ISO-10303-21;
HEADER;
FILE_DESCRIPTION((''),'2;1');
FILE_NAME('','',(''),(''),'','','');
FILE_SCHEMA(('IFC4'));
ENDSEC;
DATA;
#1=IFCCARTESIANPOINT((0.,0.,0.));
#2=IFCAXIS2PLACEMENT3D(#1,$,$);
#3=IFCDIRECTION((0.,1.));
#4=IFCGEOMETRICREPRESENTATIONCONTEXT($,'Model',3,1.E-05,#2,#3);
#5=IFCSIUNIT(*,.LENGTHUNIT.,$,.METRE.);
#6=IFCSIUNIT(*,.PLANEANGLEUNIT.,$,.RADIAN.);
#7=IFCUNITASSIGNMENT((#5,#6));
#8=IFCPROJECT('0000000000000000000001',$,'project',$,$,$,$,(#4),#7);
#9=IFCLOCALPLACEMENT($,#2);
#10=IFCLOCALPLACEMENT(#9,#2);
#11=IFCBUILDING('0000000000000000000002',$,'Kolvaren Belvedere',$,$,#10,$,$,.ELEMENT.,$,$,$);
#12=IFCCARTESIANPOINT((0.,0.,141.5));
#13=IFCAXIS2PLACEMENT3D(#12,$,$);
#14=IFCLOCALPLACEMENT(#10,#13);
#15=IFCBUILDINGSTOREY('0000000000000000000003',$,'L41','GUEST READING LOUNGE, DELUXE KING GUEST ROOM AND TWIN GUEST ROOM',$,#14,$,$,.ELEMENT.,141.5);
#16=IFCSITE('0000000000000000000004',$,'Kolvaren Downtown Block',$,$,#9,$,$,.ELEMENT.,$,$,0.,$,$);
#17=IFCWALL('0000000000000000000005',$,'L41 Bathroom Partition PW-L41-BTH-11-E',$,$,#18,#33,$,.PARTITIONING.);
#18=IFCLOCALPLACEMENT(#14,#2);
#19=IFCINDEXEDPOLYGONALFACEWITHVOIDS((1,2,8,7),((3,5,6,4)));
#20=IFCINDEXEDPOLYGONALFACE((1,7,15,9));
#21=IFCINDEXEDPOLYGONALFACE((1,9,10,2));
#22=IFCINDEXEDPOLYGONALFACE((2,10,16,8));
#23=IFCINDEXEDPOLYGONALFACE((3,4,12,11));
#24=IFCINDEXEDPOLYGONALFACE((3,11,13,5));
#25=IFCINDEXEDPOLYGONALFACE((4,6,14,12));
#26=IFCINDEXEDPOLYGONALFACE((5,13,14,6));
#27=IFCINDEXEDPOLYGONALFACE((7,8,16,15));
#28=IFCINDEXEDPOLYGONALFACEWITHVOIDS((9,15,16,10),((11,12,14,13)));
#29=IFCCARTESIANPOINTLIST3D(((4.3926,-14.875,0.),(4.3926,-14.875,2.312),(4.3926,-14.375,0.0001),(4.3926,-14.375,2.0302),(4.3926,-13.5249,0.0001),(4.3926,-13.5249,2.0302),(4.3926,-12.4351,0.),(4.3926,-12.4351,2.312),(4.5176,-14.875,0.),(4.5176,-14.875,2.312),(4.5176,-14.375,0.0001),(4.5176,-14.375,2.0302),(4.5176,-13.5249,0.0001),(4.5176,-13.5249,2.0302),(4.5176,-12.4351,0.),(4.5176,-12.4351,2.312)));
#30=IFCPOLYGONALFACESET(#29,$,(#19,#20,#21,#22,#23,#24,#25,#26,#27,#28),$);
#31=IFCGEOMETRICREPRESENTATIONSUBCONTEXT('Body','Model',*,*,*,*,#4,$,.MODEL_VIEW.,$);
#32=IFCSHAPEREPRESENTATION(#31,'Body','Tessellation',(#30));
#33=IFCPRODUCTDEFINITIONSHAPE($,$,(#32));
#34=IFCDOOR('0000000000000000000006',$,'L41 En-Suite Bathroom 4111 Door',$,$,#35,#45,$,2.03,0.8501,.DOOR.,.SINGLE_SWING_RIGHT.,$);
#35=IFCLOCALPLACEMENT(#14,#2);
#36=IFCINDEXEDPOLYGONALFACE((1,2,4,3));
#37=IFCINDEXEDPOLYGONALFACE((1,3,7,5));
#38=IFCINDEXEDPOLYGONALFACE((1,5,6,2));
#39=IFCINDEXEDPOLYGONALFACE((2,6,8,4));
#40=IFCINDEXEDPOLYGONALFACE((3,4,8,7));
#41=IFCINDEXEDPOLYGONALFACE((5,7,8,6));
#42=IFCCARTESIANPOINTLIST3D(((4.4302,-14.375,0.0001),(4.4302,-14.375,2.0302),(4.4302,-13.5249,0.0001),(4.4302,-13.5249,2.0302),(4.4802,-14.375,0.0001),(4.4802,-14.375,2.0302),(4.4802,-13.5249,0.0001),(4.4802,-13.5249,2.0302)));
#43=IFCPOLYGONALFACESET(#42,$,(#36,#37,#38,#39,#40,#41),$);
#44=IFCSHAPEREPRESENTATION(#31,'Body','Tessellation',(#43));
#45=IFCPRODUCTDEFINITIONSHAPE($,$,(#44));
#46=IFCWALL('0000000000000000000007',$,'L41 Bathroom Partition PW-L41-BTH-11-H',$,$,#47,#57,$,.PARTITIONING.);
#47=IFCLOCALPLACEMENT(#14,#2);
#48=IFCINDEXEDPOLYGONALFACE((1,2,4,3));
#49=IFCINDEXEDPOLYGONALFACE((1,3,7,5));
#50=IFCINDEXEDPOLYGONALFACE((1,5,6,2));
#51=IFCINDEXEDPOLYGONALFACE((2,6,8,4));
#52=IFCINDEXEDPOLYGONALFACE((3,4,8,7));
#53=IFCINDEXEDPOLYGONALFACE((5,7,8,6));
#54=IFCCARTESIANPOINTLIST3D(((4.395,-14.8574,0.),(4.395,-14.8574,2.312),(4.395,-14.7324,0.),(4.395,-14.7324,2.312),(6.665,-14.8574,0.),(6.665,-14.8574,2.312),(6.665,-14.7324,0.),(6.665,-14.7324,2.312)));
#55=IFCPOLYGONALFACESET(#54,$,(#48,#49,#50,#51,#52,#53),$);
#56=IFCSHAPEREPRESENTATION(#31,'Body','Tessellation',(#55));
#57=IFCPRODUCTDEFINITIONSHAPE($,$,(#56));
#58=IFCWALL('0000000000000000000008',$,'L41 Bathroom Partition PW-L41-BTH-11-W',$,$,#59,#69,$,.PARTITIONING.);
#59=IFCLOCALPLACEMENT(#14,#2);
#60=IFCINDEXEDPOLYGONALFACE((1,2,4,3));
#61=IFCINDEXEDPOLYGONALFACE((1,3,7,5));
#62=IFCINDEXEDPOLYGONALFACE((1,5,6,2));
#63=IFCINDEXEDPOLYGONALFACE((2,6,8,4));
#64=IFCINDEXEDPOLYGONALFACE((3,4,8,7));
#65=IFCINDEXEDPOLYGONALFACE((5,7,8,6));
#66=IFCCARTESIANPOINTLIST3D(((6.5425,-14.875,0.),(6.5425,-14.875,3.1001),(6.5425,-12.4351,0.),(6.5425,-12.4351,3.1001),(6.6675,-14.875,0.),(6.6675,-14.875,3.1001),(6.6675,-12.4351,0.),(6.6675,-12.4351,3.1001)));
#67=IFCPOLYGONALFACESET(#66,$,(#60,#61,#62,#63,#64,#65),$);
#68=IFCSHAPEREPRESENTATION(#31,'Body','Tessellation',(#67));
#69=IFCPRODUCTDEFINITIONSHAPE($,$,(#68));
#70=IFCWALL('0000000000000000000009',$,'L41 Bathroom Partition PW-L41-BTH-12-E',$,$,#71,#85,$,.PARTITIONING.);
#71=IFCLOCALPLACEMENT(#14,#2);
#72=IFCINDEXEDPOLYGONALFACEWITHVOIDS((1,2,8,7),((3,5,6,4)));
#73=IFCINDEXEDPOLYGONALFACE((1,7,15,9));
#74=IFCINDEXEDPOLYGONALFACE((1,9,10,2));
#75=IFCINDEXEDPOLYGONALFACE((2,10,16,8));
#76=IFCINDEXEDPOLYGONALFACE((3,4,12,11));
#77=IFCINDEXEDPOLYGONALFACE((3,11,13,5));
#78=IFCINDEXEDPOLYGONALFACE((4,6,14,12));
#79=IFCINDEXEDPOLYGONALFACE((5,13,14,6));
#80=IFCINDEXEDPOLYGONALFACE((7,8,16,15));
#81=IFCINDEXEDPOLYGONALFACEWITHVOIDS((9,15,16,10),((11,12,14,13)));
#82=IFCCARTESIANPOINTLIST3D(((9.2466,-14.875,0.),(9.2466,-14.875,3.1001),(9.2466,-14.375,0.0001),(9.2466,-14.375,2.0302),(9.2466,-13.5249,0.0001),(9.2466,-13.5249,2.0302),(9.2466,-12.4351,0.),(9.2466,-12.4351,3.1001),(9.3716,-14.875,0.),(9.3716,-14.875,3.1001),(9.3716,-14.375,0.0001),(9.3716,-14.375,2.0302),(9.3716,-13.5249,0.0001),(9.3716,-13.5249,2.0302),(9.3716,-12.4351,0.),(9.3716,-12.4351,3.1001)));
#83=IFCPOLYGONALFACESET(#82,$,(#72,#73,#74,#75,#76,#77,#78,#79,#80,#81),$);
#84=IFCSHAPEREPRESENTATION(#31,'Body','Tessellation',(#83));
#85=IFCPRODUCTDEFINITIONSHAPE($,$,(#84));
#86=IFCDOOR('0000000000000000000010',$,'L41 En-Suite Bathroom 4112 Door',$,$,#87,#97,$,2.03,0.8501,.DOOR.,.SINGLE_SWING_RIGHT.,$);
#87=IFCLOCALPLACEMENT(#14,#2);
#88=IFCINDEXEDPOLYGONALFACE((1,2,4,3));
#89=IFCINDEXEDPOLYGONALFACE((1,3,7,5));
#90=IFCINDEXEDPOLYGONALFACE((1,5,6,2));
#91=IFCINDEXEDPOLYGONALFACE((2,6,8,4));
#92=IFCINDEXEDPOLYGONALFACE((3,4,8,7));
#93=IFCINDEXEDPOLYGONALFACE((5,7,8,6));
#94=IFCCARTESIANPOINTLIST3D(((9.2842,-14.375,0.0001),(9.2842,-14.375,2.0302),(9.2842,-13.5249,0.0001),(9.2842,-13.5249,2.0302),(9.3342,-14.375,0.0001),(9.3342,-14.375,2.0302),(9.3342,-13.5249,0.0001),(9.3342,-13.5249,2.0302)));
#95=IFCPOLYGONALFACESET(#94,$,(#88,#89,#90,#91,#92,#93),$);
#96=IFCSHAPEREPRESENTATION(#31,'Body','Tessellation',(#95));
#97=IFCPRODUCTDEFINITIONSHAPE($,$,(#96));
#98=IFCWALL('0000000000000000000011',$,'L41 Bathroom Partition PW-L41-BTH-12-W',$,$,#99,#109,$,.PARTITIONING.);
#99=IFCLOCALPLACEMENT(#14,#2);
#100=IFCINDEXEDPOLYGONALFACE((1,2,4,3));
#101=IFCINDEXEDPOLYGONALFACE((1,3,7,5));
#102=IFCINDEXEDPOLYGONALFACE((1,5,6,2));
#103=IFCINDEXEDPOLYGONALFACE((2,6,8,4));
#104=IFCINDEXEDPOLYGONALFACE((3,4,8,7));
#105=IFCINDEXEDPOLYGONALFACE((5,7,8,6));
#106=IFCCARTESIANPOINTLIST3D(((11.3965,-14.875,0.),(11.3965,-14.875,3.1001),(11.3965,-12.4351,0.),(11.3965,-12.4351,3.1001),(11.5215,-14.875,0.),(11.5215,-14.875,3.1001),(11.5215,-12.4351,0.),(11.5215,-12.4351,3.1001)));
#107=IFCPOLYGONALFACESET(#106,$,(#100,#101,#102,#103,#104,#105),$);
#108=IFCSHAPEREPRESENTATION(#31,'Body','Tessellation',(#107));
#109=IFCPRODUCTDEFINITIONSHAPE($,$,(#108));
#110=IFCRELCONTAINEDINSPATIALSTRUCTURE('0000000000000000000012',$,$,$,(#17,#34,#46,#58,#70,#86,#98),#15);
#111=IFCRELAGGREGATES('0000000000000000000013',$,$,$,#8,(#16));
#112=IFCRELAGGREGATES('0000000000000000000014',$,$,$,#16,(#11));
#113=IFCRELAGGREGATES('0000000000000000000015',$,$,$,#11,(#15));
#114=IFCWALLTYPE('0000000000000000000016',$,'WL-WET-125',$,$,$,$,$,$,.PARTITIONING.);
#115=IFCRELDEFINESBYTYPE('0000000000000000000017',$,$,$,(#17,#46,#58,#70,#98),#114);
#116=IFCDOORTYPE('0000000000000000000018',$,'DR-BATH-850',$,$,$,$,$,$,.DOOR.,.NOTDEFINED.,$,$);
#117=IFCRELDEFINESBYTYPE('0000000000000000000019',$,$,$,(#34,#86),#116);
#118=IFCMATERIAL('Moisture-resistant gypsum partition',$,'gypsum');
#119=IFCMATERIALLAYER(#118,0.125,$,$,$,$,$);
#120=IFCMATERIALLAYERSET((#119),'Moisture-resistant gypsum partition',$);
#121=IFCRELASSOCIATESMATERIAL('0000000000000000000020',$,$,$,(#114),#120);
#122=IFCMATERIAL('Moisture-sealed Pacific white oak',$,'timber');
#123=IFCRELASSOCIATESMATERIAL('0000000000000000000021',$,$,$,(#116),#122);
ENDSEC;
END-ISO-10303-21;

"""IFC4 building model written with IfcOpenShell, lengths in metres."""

from ifc_helpers import new_model, si_unit, direction, frame, frame_2d, origin, place, context, subcontext, project, spatial, rectangle, extrude, material, layer, layer_set, type_object, element, fill, save


model = new_model("IFC4")

# Units and contexts
model_context = context("Model", 3, precision=1e-05, world=origin(), true_north=direction((0.0, 1.0)))
body_context = subcontext(model_context, "Body", "Model", "MODEL_VIEW")
ifc_project = project(units=[si_unit("LENGTHUNIT", "METRE"), si_unit("PLANEANGLEUNIT", "RADIAN")], contexts=[model_context])

# Site, building, storey
site_placement = place(None, origin())
site = spatial("IfcSite", under=ifc_project, at=site_placement, Name="Kolvaren Downtown Block", CompositionType="ELEMENT", RefElevation=0.0)
building_placement = place(site_placement, origin())
building = spatial("IfcBuilding", under=site, at=building_placement, Name="Kolvaren Belvedere", CompositionType="ELEMENT")
storey_placement = place(building_placement, frame((0.0, 0.0, 141.5)))
storey = spatial("IfcBuildingStorey", under=building, at=storey_placement, Name="L41", Description="GUEST READING LOUNGE, DELUXE KING GUEST ROOM AND TWIN GUEST ROOM", CompositionType="ELEMENT", Elevation=141.5)

# Wall, opening, door
ifc_material_1 = material(Name="Moisture-resistant gypsum partition", Category="gypsum")
ifc_layer_1 = layer(ifc_material_1, 0.125)
ifc_layer_set_1 = layer_set([ifc_layer_1], Name="Moisture-resistant gypsum partition")
wall_type_1 = type_object("IfcWallType", Name="WL-WET-125", PredefinedType="PARTITIONING", material=ifc_layer_set_1)
wall_1_placement = place(storey_placement, frame((4.4551, -14.875, 0.0), z_axis=(0.0, 0.0, 1.0), x_axis=(0.0, 1.0, 0.0)))
wall_1 = element("IfcWall", 1, at=wall_1_placement, inside=storey, type_object=wall_type_1, Name="L41 Bathroom Partition PW-L41-BTH-11-E", PredefinedType="PARTITIONING", context=body_context, shape_type="SweptSolid", body=[
    extrude(rectangle(XDim=2.4399, YDim=0.125, at=frame_2d((1.22, 0.0))), origin(), (0.0, 0.0, 1.0), 2.312),
])
opening_1_placement = place(wall_1_placement, frame((0.5, 0.0, 0.0)))
opening_1 = element("IfcOpeningElement", 2, at=opening_1_placement, cuts=wall_1, PredefinedType="OPENING", context=body_context, shape_type="SweptSolid", body=[
    extrude(rectangle(XDim=0.8501, YDim=2.03, at=frame_2d((0.425, 1.0151))), frame((0.0, 0.0725, 0.0), z_axis=(0.0, -1.0, 0.0), x_axis=(1.0, 0.0, 0.0)), (0.0, 0.0, 1.0), 0.145),
])
ifc_material_2 = material(Name="Moisture-sealed Pacific white oak", Category="timber")
door_type = type_object("IfcDoorType", Name="DR-BATH-850", OperationType="NOTDEFINED", PredefinedType="DOOR", material=ifc_material_2)
door_1_placement = place(opening_1_placement, origin())
door_1 = element("IfcDoor", 3, at=door_1_placement, inside=storey, type_object=door_type, Name="L41 En-Suite Bathroom 4111 Door", OperationType="SINGLE_SWING_RIGHT", OverallHeight=2.03, OverallWidth=0.8501, PredefinedType="DOOR", context=body_context, shape_type="SweptSolid", body=[
    extrude(rectangle(XDim=0.8501, YDim=2.03, at=frame_2d((0.425, 1.0151))), frame((0.0, 0.0249, 0.0), z_axis=(0.0, -1.0, 0.0), x_axis=(1.0, 0.0, 0.0)), (0.0, 0.0, 1.0), 0.05),
])
fill(opening_1, door_1)

# Walls
wall_2_placement = place(storey_placement, frame((4.395, -14.7949, 0.0), z_axis=(0.0, 0.0, 1.0), x_axis=(1.0, 0.0, 0.0)))
element("IfcWall", 4, at=wall_2_placement, inside=storey, type_object=wall_type_1, Name="L41 Bathroom Partition PW-L41-BTH-11-H", PredefinedType="PARTITIONING", context=body_context, shape_type="SweptSolid", body=[
    extrude(rectangle(XDim=2.27, YDim=0.125, at=frame_2d((1.135, 0.0))), origin(), (0.0, 0.0, 1.0), 2.312),
])
wall_3_placement = place(storey_placement, frame((6.605, -14.875, 0.0), z_axis=(0.0, 0.0, 1.0), x_axis=(0.0, 1.0, 0.0)))
element("IfcWall", 5, at=wall_3_placement, inside=storey, type_object=wall_type_1, Name="L41 Bathroom Partition PW-L41-BTH-11-W", PredefinedType="PARTITIONING", context=body_context, shape_type="SweptSolid", body=[
    extrude(rectangle(XDim=2.4399, YDim=0.125, at=frame_2d((1.22, 0.0))), origin(), (0.0, 0.0, 1.0), 3.1001),
])

# Wall, opening, door
wall_4_placement = place(storey_placement, frame((9.3091, -14.875, 0.0), z_axis=(0.0, 0.0, 1.0), x_axis=(0.0, 1.0, 0.0)))
wall_4 = element("IfcWall", 6, at=wall_4_placement, inside=storey, type_object=wall_type_1, Name="L41 Bathroom Partition PW-L41-BTH-12-E", PredefinedType="PARTITIONING", context=body_context, shape_type="SweptSolid", body=[
    extrude(rectangle(XDim=2.4399, YDim=0.125, at=frame_2d((1.22, 0.0))), origin(), (0.0, 0.0, 1.0), 3.1001),
])
opening_2_placement = place(wall_4_placement, frame((0.5, 0.0, 0.0)))
opening_2 = element("IfcOpeningElement", 7, at=opening_2_placement, cuts=wall_4, PredefinedType="OPENING", context=body_context, shape_type="SweptSolid", body=[
    extrude(rectangle(XDim=0.8501, YDim=2.03, at=frame_2d((0.425, 1.0151))), frame((0.0, 0.0725, 0.0), z_axis=(0.0, -1.0, 0.0), x_axis=(1.0, 0.0, 0.0)), (0.0, 0.0, 1.0), 0.145),
])
door_2_placement = place(opening_2_placement, origin())
door_2 = element("IfcDoor", 8, at=door_2_placement, inside=storey, type_object=door_type, Name="L41 En-Suite Bathroom 4112 Door", OperationType="SINGLE_SWING_RIGHT", OverallHeight=2.03, OverallWidth=0.8501, PredefinedType="DOOR", context=body_context, shape_type="SweptSolid", body=[
    extrude(rectangle(XDim=0.8501, YDim=2.03, at=frame_2d((0.425, 1.0151))), frame((0.0, 0.0249, 0.0), z_axis=(0.0, -1.0, 0.0), x_axis=(1.0, 0.0, 0.0)), (0.0, 0.0, 1.0), 0.05),
])
fill(opening_2, door_2)

# Wall
wall_5_placement = place(storey_placement, frame((11.459, -14.875, 0.0), z_axis=(0.0, 0.0, 1.0), x_axis=(0.0, 1.0, 0.0)))
element("IfcWall", 9, at=wall_5_placement, inside=storey, type_object=wall_type_1, Name="L41 Bathroom Partition PW-L41-BTH-12-W", PredefinedType="PARTITIONING", context=body_context, shape_type="SweptSolid", body=[
    extrude(rectangle(XDim=2.4399, YDim=0.125, at=frame_2d((1.22, 0.0))), origin(), (0.0, 0.0, 1.0), 3.1001),
])

save(model, "model.ifc")
